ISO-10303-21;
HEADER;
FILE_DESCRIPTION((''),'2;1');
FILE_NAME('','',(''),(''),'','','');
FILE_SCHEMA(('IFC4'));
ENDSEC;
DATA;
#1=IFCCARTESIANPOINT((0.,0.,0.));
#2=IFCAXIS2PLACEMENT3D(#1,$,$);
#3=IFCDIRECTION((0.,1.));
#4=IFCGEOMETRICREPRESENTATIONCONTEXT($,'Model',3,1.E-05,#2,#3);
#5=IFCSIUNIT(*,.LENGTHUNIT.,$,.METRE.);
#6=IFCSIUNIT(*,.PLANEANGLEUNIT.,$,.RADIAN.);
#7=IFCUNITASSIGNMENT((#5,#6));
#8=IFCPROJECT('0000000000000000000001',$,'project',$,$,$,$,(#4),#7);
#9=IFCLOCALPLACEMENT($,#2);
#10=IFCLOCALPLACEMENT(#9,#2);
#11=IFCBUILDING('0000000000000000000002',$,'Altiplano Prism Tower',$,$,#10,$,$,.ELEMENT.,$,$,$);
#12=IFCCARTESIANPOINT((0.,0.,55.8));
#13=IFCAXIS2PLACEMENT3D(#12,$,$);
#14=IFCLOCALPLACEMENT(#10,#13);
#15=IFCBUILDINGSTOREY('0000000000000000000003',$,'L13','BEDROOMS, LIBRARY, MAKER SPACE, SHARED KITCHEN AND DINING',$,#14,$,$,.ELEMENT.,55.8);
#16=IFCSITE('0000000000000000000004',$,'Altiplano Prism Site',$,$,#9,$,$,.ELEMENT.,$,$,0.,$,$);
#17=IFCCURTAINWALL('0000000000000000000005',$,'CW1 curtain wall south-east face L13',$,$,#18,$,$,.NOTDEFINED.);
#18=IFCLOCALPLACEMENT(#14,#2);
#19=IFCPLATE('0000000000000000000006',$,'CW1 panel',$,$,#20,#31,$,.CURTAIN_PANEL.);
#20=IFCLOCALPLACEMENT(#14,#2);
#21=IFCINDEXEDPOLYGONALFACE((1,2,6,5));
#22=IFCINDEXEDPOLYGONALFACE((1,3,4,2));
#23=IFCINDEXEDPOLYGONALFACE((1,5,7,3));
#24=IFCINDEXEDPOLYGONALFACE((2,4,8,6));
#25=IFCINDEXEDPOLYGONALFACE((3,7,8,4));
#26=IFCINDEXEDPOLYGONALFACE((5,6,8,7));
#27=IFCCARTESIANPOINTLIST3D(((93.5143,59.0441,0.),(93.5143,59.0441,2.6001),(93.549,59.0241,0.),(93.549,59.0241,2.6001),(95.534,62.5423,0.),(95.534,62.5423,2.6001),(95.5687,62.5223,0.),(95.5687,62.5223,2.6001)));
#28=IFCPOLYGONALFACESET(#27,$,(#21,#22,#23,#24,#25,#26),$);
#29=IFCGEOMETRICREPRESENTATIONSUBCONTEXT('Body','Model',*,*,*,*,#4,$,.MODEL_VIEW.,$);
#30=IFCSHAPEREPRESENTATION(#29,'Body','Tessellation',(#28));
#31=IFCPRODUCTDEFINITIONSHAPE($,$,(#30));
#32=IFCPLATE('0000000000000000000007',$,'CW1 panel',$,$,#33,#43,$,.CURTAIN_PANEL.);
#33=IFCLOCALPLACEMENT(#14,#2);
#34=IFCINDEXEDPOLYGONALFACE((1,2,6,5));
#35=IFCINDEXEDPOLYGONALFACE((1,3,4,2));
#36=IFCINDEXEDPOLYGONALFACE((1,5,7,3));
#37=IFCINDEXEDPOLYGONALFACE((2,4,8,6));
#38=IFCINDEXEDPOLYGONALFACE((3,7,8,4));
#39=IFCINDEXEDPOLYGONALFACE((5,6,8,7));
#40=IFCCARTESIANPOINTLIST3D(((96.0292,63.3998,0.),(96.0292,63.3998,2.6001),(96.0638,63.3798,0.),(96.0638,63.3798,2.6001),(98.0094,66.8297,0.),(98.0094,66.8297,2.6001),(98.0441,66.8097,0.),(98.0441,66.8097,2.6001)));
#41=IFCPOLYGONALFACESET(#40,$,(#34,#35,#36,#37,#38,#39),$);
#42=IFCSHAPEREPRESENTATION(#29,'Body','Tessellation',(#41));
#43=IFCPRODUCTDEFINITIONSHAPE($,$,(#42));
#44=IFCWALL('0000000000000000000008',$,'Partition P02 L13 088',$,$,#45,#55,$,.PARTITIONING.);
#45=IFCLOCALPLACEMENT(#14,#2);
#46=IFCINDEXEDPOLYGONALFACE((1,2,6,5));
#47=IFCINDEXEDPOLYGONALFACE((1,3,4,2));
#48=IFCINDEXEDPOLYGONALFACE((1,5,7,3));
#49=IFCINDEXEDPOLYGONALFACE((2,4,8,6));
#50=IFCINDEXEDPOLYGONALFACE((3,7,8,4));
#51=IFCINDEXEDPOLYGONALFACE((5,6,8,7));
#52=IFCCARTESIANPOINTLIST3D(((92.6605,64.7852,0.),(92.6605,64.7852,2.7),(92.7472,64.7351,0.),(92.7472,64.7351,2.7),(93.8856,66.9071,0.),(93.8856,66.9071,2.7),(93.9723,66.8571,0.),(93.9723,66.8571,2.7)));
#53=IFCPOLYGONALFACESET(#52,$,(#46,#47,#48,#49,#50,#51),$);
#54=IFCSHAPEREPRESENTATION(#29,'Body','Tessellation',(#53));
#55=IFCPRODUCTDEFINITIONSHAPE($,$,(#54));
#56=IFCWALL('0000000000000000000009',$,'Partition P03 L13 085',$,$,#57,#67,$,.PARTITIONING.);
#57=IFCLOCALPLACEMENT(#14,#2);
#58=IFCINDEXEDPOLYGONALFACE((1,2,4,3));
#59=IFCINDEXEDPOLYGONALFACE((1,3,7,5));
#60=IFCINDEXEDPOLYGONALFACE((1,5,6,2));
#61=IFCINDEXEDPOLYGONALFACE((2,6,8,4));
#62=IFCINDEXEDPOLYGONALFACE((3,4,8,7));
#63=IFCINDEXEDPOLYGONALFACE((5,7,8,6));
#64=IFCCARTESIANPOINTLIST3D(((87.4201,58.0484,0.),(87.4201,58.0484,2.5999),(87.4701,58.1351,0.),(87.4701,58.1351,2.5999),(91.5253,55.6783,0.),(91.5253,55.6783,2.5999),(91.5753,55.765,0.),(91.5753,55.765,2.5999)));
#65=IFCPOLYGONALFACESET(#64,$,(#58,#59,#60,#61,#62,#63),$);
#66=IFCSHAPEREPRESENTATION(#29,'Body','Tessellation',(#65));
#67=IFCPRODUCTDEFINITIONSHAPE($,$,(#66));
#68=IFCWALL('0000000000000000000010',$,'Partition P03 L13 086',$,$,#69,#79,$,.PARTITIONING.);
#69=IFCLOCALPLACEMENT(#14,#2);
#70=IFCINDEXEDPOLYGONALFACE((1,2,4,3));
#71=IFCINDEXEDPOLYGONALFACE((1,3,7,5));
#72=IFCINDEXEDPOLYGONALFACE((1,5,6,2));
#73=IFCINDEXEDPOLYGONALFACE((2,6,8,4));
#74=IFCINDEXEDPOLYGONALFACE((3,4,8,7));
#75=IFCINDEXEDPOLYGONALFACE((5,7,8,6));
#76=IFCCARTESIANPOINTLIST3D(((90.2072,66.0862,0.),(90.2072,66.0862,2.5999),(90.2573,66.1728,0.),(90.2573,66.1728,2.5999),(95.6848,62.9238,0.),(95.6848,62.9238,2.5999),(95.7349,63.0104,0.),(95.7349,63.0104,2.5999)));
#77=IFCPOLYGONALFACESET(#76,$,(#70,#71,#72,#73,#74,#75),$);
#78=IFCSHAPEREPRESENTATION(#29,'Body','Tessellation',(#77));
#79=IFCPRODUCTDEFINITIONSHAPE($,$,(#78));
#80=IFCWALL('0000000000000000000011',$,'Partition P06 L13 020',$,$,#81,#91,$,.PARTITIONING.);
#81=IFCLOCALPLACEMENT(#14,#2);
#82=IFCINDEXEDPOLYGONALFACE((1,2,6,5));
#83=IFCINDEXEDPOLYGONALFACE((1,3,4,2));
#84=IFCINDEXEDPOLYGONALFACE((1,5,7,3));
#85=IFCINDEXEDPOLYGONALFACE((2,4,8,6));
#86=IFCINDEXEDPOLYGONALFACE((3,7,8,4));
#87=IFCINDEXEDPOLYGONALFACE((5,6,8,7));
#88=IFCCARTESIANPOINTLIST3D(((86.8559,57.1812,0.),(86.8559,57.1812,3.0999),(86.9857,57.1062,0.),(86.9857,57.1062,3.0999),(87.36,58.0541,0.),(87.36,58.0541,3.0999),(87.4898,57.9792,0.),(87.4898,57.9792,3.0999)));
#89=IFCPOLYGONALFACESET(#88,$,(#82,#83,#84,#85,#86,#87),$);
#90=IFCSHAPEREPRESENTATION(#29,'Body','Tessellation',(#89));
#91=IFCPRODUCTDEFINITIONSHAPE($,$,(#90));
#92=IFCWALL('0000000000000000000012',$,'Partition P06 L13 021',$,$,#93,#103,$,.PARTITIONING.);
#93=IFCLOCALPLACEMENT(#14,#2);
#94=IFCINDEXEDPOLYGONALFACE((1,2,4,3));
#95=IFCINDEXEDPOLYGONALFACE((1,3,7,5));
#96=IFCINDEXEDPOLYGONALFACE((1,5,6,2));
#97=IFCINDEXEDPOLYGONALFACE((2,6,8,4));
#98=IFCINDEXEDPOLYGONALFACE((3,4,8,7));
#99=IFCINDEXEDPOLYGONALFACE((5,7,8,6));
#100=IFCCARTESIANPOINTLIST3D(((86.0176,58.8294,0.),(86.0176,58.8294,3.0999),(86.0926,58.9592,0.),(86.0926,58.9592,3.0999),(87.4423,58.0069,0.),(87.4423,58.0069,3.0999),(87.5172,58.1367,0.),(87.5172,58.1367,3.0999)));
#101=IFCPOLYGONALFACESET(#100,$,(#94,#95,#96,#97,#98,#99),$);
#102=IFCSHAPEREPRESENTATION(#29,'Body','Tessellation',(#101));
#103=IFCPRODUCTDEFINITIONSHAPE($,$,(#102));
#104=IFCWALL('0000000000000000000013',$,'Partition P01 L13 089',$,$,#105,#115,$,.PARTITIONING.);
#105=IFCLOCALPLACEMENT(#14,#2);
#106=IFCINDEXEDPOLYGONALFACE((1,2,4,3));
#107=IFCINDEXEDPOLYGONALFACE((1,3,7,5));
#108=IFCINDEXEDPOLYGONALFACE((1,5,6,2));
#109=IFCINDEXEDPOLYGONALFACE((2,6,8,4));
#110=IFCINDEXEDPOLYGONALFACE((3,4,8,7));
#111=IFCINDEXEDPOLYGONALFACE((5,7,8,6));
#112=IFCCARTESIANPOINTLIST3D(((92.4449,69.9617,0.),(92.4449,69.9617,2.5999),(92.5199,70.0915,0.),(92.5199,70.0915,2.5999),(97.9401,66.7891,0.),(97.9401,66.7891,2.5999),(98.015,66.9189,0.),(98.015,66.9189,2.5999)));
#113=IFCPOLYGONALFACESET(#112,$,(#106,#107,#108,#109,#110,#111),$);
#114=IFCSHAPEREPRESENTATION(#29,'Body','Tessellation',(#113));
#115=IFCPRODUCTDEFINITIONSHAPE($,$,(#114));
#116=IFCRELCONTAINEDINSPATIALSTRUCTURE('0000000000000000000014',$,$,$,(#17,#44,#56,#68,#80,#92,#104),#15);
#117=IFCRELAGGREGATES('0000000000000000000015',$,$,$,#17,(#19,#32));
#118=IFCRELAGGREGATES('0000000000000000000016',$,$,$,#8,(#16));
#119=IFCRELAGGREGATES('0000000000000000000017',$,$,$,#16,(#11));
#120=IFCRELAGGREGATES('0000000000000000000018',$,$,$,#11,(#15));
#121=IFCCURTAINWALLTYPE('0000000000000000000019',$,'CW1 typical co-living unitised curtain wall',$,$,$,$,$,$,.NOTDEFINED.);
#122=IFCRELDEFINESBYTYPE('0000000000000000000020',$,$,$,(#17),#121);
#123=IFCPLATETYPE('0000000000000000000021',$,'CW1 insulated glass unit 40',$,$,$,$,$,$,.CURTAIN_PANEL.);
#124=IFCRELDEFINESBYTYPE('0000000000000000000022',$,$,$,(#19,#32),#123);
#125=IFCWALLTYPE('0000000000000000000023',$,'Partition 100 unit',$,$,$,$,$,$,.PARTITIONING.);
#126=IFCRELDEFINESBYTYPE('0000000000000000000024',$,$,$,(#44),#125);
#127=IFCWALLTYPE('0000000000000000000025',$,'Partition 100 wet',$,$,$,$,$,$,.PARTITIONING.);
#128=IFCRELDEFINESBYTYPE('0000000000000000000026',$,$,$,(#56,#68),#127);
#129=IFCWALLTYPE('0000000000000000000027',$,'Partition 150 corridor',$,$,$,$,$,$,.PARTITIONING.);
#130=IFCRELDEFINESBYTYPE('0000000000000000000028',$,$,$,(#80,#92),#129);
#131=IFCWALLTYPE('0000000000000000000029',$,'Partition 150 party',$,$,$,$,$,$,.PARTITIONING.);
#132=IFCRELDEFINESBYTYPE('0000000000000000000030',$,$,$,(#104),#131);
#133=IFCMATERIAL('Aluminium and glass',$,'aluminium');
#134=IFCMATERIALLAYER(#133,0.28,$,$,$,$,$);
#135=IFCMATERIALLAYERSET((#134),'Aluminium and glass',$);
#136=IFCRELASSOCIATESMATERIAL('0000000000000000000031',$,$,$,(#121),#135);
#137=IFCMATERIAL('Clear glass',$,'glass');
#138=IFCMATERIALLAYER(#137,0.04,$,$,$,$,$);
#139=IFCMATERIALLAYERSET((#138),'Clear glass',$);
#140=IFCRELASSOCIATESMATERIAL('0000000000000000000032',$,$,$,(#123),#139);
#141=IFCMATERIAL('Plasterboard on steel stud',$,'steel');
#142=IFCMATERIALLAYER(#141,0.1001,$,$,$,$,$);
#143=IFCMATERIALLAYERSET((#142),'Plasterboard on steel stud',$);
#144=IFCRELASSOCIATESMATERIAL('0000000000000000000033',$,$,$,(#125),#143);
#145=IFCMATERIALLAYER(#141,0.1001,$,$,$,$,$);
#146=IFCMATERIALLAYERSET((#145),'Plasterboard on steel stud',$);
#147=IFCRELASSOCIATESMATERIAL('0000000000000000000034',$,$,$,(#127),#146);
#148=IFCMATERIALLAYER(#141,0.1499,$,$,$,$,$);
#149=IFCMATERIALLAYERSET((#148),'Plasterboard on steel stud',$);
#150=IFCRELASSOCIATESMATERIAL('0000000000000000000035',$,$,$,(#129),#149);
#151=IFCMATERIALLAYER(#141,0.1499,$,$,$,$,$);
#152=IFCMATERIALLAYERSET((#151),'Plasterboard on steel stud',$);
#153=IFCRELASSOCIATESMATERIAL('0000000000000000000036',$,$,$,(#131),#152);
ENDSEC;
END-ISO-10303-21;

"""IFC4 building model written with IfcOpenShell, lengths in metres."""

from ifc_helpers import new_model, si_unit, direction, frame, frame_2d, origin, origin_2d, place, context, subcontext, project, spatial, rectangle, extrude, material, layer, layer_set, type_object, element, aggregate, save


model = new_model("IFC4")

# Units and contexts
model_context = context("Model", 3, precision=1e-05, world=origin(), true_north=direction((0.0, 1.0)))
body_context = subcontext(model_context, "Body", "Model", "MODEL_VIEW")
ifc_project = project(units=[si_unit("LENGTHUNIT", "METRE"), si_unit("PLANEANGLEUNIT", "RADIAN")], contexts=[model_context])

# Site, building, storey
site_placement = place(None, origin())
site = spatial("IfcSite", under=ifc_project, at=site_placement, Name="Altiplano Prism Site", CompositionType="ELEMENT", RefElevation=0.0)
building_placement = place(site_placement, origin())
building = spatial("IfcBuilding", under=site, at=building_placement, Name="Altiplano Prism Tower", CompositionType="ELEMENT")
storey_placement = place(building_placement, frame((0.0, 0.0, 55.8)))
storey = spatial("IfcBuildingStorey", under=building, at=storey_placement, Name="L13", Description="BEDROOMS, LIBRARY, MAKER SPACE, SHARED KITCHEN AND DINING", CompositionType="ELEMENT", Elevation=55.8)

# Curtain wall
ifc_material_1 = material(Name="Aluminium and glass", Category="aluminium")
ifc_layer_1 = layer(ifc_material_1, 0.28)
ifc_layer_set_1 = layer_set([ifc_layer_1], Name="Aluminium and glass")
curtain_wall_type = type_object("IfcCurtainWallType", Name="CW1 typical co-living unitised curtain wall", PredefinedType="NOTDEFINED", material=ifc_layer_set_1)
curtain_wall_1_placement = place(storey_placement, origin())
curtain_wall_1 = element("IfcCurtainWall", 1, at=curtain_wall_1_placement, inside=storey, type_object=curtain_wall_type, Name="CW1 curtain wall south-east face L13", PredefinedType="NOTDEFINED")

# Plates
ifc_material_2 = material(Name="Clear glass", Category="glass")
ifc_layer_2 = layer(ifc_material_2, 0.04)
ifc_layer_set_2 = layer_set([ifc_layer_2], Name="Clear glass")
plate_type = type_object("IfcPlateType", Name="CW1 insulated glass unit 40", PredefinedType="CURTAIN_PANEL", material=ifc_layer_set_2)
plate_1_placement = place(storey_placement, frame((94.5415, 60.7832, 0.0), z_axis=(0.0, 0.0, 1.0), x_axis=(0.5, 0.866025, 0.0)))
plate_1 = element("IfcPlate", 2, at=plate_1_placement, type_object=plate_type, Name="CW1 panel", PredefinedType="CURTAIN_PANEL", context=body_context, shape_type="SweptSolid", body=[
    extrude(rectangle(XDim=4.0393, YDim=0.04, at=origin_2d()), origin(), (0.0, 0.0, 1.0), 2.6001),
])
plate_2_placement = place(storey_placement, frame((97.0366, 65.1047, 0.0), z_axis=(0.0, 0.0, 1.0), x_axis=(0.5, 0.866025, 0.0)))
plate_2 = element("IfcPlate", 3, at=plate_2_placement, type_object=plate_type, Name="CW1 panel", PredefinedType="CURTAIN_PANEL", context=body_context, shape_type="SweptSolid", body=[
    extrude(rectangle(XDim=3.9604, YDim=0.04, at=origin_2d()), origin(), (0.0, 0.0, 1.0), 2.6001),
])
aggregate(curtain_wall_1, [plate_1, plate_2])

# Walls
ifc_material_3 = material(Name="Plasterboard on steel stud", Category="steel")
ifc_layer_3 = layer(ifc_material_3, 0.1001)
ifc_layer_set_3 = layer_set([ifc_layer_3], Name="Plasterboard on steel stud")
wall_type_1 = type_object("IfcWallType", Name="Partition 100 unit", PredefinedType="PARTITIONING", material=ifc_layer_set_3)
wall_1_placement = place(storey_placement, frame((93.929, 66.8821, 0.0), z_axis=(0.0, 0.0, 1.0), x_axis=(-0.500019, -0.866015, 0.0)))
element("IfcWall", 4, at=wall_1_placement, inside=storey, type_object=wall_type_1, Name="Partition P02 L13 088", PredefinedType="PARTITIONING", context=body_context, shape_type="SweptSolid", body=[
    extrude(rectangle(XDim=2.4502, YDim=0.1001, at=frame_2d((1.2251, 0.0))), origin(), (0.0, 0.0, 1.0), 2.7),
])
ifc_layer_4 = layer(ifc_material_3, 0.1001)
ifc_layer_set_4 = layer_set([ifc_layer_4], Name="Plasterboard on steel stud")
wall_type_2 = type_object("IfcWallType", Name="Partition 100 wet", PredefinedType="PARTITIONING", material=ifc_layer_set_4)
wall_2_placement = place(storey_placement, frame((91.5503, 55.7217, 0.0), z_axis=(0.0, 0.0, 1.0), x_axis=(-0.866029, 0.499994, 0.0)))
element("IfcWall", 5, at=wall_2_placement, inside=storey, type_object=wall_type_2, Name="Partition P03 L13 085", PredefinedType="PARTITIONING", context=body_context, shape_type="SweptSolid", body=[
    extrude(rectangle(XDim=4.7402, YDim=0.1001, at=frame_2d((2.3701, 0.0))), origin(), (0.0, 0.0, 1.0), 2.5999),
])
wall_3_placement = place(storey_placement, frame((95.71, 62.967, 0.0), z_axis=(0.0, 0.0, 1.0), x_axis=(-0.866033, 0.499988, 0.0)))
element("IfcWall", 6, at=wall_3_placement, inside=storey, type_object=wall_type_2, Name="Partition P03 L13 086", PredefinedType="PARTITIONING", context=body_context, shape_type="SweptSolid", body=[
    extrude(rectangle(XDim=6.325, YDim=0.1001, at=frame_2d((3.1626, 0.0))), origin(), (0.0, 0.0, 1.0), 2.5999),
])
ifc_layer_5 = layer(ifc_material_3, 0.1499)
ifc_layer_set_5 = layer_set([ifc_layer_5], Name="Plasterboard on steel stud")
wall_type_3 = type_object("IfcWallType", Name="Partition 150 corridor", PredefinedType="PARTITIONING", material=ifc_layer_set_5)
wall_4_placement = place(storey_placement, frame((86.9209, 57.1438, 0.0), z_axis=(0.0, 0.0, 1.0), x_axis=(0.500072, 0.865984, 0.0)))
element("IfcWall", 7, at=wall_4_placement, inside=storey, type_object=wall_type_3, Name="Partition P06 L13 020", PredefinedType="PARTITIONING", context=body_context, shape_type="SweptSolid", body=[
    extrude(rectangle(XDim=1.0081, YDim=0.1499, at=frame_2d((0.5039, 0.0))), origin(), (0.0, 0.0, 1.0), 3.0999),
])
wall_5_placement = place(storey_placement, frame((87.4797, 58.0718, 0.0), z_axis=(0.0, 0.0, 1.0), x_axis=(-0.866015, 0.500018, 0.0)))
element("IfcWall", 8, at=wall_5_placement, inside=storey, type_object=wall_type_3, Name="Partition P06 L13 021", PredefinedType="PARTITIONING", context=body_context, shape_type="SweptSolid", body=[
    extrude(rectangle(XDim=1.645, YDim=0.1499, at=frame_2d((0.8225, 0.0))), origin(), (0.0, 0.0, 1.0), 3.0999),
])
ifc_layer_6 = layer(ifc_material_3, 0.1499)
ifc_layer_set_6 = layer_set([ifc_layer_6], Name="Plasterboard on steel stud")
wall_type_4 = type_object("IfcWallType", Name="Partition 150 party", PredefinedType="PARTITIONING", material=ifc_layer_set_6)
wall_6_placement = place(storey_placement, frame((97.9775, 66.854, 0.0), z_axis=(0.0, 0.0, 1.0), x_axis=(-0.866025, 0.5, 0.0)))
element("IfcWall", 9, at=wall_6_placement, inside=storey, type_object=wall_type_4, Name="Partition P01 L13 089", PredefinedType="PARTITIONING", context=body_context, shape_type="SweptSolid", body=[
    extrude(rectangle(XDim=6.3452, YDim=0.1499, at=frame_2d((3.1726, 0.0))), origin(), (0.0, 0.0, 1.0), 2.5999),
])

save(model, "model.ifc")
